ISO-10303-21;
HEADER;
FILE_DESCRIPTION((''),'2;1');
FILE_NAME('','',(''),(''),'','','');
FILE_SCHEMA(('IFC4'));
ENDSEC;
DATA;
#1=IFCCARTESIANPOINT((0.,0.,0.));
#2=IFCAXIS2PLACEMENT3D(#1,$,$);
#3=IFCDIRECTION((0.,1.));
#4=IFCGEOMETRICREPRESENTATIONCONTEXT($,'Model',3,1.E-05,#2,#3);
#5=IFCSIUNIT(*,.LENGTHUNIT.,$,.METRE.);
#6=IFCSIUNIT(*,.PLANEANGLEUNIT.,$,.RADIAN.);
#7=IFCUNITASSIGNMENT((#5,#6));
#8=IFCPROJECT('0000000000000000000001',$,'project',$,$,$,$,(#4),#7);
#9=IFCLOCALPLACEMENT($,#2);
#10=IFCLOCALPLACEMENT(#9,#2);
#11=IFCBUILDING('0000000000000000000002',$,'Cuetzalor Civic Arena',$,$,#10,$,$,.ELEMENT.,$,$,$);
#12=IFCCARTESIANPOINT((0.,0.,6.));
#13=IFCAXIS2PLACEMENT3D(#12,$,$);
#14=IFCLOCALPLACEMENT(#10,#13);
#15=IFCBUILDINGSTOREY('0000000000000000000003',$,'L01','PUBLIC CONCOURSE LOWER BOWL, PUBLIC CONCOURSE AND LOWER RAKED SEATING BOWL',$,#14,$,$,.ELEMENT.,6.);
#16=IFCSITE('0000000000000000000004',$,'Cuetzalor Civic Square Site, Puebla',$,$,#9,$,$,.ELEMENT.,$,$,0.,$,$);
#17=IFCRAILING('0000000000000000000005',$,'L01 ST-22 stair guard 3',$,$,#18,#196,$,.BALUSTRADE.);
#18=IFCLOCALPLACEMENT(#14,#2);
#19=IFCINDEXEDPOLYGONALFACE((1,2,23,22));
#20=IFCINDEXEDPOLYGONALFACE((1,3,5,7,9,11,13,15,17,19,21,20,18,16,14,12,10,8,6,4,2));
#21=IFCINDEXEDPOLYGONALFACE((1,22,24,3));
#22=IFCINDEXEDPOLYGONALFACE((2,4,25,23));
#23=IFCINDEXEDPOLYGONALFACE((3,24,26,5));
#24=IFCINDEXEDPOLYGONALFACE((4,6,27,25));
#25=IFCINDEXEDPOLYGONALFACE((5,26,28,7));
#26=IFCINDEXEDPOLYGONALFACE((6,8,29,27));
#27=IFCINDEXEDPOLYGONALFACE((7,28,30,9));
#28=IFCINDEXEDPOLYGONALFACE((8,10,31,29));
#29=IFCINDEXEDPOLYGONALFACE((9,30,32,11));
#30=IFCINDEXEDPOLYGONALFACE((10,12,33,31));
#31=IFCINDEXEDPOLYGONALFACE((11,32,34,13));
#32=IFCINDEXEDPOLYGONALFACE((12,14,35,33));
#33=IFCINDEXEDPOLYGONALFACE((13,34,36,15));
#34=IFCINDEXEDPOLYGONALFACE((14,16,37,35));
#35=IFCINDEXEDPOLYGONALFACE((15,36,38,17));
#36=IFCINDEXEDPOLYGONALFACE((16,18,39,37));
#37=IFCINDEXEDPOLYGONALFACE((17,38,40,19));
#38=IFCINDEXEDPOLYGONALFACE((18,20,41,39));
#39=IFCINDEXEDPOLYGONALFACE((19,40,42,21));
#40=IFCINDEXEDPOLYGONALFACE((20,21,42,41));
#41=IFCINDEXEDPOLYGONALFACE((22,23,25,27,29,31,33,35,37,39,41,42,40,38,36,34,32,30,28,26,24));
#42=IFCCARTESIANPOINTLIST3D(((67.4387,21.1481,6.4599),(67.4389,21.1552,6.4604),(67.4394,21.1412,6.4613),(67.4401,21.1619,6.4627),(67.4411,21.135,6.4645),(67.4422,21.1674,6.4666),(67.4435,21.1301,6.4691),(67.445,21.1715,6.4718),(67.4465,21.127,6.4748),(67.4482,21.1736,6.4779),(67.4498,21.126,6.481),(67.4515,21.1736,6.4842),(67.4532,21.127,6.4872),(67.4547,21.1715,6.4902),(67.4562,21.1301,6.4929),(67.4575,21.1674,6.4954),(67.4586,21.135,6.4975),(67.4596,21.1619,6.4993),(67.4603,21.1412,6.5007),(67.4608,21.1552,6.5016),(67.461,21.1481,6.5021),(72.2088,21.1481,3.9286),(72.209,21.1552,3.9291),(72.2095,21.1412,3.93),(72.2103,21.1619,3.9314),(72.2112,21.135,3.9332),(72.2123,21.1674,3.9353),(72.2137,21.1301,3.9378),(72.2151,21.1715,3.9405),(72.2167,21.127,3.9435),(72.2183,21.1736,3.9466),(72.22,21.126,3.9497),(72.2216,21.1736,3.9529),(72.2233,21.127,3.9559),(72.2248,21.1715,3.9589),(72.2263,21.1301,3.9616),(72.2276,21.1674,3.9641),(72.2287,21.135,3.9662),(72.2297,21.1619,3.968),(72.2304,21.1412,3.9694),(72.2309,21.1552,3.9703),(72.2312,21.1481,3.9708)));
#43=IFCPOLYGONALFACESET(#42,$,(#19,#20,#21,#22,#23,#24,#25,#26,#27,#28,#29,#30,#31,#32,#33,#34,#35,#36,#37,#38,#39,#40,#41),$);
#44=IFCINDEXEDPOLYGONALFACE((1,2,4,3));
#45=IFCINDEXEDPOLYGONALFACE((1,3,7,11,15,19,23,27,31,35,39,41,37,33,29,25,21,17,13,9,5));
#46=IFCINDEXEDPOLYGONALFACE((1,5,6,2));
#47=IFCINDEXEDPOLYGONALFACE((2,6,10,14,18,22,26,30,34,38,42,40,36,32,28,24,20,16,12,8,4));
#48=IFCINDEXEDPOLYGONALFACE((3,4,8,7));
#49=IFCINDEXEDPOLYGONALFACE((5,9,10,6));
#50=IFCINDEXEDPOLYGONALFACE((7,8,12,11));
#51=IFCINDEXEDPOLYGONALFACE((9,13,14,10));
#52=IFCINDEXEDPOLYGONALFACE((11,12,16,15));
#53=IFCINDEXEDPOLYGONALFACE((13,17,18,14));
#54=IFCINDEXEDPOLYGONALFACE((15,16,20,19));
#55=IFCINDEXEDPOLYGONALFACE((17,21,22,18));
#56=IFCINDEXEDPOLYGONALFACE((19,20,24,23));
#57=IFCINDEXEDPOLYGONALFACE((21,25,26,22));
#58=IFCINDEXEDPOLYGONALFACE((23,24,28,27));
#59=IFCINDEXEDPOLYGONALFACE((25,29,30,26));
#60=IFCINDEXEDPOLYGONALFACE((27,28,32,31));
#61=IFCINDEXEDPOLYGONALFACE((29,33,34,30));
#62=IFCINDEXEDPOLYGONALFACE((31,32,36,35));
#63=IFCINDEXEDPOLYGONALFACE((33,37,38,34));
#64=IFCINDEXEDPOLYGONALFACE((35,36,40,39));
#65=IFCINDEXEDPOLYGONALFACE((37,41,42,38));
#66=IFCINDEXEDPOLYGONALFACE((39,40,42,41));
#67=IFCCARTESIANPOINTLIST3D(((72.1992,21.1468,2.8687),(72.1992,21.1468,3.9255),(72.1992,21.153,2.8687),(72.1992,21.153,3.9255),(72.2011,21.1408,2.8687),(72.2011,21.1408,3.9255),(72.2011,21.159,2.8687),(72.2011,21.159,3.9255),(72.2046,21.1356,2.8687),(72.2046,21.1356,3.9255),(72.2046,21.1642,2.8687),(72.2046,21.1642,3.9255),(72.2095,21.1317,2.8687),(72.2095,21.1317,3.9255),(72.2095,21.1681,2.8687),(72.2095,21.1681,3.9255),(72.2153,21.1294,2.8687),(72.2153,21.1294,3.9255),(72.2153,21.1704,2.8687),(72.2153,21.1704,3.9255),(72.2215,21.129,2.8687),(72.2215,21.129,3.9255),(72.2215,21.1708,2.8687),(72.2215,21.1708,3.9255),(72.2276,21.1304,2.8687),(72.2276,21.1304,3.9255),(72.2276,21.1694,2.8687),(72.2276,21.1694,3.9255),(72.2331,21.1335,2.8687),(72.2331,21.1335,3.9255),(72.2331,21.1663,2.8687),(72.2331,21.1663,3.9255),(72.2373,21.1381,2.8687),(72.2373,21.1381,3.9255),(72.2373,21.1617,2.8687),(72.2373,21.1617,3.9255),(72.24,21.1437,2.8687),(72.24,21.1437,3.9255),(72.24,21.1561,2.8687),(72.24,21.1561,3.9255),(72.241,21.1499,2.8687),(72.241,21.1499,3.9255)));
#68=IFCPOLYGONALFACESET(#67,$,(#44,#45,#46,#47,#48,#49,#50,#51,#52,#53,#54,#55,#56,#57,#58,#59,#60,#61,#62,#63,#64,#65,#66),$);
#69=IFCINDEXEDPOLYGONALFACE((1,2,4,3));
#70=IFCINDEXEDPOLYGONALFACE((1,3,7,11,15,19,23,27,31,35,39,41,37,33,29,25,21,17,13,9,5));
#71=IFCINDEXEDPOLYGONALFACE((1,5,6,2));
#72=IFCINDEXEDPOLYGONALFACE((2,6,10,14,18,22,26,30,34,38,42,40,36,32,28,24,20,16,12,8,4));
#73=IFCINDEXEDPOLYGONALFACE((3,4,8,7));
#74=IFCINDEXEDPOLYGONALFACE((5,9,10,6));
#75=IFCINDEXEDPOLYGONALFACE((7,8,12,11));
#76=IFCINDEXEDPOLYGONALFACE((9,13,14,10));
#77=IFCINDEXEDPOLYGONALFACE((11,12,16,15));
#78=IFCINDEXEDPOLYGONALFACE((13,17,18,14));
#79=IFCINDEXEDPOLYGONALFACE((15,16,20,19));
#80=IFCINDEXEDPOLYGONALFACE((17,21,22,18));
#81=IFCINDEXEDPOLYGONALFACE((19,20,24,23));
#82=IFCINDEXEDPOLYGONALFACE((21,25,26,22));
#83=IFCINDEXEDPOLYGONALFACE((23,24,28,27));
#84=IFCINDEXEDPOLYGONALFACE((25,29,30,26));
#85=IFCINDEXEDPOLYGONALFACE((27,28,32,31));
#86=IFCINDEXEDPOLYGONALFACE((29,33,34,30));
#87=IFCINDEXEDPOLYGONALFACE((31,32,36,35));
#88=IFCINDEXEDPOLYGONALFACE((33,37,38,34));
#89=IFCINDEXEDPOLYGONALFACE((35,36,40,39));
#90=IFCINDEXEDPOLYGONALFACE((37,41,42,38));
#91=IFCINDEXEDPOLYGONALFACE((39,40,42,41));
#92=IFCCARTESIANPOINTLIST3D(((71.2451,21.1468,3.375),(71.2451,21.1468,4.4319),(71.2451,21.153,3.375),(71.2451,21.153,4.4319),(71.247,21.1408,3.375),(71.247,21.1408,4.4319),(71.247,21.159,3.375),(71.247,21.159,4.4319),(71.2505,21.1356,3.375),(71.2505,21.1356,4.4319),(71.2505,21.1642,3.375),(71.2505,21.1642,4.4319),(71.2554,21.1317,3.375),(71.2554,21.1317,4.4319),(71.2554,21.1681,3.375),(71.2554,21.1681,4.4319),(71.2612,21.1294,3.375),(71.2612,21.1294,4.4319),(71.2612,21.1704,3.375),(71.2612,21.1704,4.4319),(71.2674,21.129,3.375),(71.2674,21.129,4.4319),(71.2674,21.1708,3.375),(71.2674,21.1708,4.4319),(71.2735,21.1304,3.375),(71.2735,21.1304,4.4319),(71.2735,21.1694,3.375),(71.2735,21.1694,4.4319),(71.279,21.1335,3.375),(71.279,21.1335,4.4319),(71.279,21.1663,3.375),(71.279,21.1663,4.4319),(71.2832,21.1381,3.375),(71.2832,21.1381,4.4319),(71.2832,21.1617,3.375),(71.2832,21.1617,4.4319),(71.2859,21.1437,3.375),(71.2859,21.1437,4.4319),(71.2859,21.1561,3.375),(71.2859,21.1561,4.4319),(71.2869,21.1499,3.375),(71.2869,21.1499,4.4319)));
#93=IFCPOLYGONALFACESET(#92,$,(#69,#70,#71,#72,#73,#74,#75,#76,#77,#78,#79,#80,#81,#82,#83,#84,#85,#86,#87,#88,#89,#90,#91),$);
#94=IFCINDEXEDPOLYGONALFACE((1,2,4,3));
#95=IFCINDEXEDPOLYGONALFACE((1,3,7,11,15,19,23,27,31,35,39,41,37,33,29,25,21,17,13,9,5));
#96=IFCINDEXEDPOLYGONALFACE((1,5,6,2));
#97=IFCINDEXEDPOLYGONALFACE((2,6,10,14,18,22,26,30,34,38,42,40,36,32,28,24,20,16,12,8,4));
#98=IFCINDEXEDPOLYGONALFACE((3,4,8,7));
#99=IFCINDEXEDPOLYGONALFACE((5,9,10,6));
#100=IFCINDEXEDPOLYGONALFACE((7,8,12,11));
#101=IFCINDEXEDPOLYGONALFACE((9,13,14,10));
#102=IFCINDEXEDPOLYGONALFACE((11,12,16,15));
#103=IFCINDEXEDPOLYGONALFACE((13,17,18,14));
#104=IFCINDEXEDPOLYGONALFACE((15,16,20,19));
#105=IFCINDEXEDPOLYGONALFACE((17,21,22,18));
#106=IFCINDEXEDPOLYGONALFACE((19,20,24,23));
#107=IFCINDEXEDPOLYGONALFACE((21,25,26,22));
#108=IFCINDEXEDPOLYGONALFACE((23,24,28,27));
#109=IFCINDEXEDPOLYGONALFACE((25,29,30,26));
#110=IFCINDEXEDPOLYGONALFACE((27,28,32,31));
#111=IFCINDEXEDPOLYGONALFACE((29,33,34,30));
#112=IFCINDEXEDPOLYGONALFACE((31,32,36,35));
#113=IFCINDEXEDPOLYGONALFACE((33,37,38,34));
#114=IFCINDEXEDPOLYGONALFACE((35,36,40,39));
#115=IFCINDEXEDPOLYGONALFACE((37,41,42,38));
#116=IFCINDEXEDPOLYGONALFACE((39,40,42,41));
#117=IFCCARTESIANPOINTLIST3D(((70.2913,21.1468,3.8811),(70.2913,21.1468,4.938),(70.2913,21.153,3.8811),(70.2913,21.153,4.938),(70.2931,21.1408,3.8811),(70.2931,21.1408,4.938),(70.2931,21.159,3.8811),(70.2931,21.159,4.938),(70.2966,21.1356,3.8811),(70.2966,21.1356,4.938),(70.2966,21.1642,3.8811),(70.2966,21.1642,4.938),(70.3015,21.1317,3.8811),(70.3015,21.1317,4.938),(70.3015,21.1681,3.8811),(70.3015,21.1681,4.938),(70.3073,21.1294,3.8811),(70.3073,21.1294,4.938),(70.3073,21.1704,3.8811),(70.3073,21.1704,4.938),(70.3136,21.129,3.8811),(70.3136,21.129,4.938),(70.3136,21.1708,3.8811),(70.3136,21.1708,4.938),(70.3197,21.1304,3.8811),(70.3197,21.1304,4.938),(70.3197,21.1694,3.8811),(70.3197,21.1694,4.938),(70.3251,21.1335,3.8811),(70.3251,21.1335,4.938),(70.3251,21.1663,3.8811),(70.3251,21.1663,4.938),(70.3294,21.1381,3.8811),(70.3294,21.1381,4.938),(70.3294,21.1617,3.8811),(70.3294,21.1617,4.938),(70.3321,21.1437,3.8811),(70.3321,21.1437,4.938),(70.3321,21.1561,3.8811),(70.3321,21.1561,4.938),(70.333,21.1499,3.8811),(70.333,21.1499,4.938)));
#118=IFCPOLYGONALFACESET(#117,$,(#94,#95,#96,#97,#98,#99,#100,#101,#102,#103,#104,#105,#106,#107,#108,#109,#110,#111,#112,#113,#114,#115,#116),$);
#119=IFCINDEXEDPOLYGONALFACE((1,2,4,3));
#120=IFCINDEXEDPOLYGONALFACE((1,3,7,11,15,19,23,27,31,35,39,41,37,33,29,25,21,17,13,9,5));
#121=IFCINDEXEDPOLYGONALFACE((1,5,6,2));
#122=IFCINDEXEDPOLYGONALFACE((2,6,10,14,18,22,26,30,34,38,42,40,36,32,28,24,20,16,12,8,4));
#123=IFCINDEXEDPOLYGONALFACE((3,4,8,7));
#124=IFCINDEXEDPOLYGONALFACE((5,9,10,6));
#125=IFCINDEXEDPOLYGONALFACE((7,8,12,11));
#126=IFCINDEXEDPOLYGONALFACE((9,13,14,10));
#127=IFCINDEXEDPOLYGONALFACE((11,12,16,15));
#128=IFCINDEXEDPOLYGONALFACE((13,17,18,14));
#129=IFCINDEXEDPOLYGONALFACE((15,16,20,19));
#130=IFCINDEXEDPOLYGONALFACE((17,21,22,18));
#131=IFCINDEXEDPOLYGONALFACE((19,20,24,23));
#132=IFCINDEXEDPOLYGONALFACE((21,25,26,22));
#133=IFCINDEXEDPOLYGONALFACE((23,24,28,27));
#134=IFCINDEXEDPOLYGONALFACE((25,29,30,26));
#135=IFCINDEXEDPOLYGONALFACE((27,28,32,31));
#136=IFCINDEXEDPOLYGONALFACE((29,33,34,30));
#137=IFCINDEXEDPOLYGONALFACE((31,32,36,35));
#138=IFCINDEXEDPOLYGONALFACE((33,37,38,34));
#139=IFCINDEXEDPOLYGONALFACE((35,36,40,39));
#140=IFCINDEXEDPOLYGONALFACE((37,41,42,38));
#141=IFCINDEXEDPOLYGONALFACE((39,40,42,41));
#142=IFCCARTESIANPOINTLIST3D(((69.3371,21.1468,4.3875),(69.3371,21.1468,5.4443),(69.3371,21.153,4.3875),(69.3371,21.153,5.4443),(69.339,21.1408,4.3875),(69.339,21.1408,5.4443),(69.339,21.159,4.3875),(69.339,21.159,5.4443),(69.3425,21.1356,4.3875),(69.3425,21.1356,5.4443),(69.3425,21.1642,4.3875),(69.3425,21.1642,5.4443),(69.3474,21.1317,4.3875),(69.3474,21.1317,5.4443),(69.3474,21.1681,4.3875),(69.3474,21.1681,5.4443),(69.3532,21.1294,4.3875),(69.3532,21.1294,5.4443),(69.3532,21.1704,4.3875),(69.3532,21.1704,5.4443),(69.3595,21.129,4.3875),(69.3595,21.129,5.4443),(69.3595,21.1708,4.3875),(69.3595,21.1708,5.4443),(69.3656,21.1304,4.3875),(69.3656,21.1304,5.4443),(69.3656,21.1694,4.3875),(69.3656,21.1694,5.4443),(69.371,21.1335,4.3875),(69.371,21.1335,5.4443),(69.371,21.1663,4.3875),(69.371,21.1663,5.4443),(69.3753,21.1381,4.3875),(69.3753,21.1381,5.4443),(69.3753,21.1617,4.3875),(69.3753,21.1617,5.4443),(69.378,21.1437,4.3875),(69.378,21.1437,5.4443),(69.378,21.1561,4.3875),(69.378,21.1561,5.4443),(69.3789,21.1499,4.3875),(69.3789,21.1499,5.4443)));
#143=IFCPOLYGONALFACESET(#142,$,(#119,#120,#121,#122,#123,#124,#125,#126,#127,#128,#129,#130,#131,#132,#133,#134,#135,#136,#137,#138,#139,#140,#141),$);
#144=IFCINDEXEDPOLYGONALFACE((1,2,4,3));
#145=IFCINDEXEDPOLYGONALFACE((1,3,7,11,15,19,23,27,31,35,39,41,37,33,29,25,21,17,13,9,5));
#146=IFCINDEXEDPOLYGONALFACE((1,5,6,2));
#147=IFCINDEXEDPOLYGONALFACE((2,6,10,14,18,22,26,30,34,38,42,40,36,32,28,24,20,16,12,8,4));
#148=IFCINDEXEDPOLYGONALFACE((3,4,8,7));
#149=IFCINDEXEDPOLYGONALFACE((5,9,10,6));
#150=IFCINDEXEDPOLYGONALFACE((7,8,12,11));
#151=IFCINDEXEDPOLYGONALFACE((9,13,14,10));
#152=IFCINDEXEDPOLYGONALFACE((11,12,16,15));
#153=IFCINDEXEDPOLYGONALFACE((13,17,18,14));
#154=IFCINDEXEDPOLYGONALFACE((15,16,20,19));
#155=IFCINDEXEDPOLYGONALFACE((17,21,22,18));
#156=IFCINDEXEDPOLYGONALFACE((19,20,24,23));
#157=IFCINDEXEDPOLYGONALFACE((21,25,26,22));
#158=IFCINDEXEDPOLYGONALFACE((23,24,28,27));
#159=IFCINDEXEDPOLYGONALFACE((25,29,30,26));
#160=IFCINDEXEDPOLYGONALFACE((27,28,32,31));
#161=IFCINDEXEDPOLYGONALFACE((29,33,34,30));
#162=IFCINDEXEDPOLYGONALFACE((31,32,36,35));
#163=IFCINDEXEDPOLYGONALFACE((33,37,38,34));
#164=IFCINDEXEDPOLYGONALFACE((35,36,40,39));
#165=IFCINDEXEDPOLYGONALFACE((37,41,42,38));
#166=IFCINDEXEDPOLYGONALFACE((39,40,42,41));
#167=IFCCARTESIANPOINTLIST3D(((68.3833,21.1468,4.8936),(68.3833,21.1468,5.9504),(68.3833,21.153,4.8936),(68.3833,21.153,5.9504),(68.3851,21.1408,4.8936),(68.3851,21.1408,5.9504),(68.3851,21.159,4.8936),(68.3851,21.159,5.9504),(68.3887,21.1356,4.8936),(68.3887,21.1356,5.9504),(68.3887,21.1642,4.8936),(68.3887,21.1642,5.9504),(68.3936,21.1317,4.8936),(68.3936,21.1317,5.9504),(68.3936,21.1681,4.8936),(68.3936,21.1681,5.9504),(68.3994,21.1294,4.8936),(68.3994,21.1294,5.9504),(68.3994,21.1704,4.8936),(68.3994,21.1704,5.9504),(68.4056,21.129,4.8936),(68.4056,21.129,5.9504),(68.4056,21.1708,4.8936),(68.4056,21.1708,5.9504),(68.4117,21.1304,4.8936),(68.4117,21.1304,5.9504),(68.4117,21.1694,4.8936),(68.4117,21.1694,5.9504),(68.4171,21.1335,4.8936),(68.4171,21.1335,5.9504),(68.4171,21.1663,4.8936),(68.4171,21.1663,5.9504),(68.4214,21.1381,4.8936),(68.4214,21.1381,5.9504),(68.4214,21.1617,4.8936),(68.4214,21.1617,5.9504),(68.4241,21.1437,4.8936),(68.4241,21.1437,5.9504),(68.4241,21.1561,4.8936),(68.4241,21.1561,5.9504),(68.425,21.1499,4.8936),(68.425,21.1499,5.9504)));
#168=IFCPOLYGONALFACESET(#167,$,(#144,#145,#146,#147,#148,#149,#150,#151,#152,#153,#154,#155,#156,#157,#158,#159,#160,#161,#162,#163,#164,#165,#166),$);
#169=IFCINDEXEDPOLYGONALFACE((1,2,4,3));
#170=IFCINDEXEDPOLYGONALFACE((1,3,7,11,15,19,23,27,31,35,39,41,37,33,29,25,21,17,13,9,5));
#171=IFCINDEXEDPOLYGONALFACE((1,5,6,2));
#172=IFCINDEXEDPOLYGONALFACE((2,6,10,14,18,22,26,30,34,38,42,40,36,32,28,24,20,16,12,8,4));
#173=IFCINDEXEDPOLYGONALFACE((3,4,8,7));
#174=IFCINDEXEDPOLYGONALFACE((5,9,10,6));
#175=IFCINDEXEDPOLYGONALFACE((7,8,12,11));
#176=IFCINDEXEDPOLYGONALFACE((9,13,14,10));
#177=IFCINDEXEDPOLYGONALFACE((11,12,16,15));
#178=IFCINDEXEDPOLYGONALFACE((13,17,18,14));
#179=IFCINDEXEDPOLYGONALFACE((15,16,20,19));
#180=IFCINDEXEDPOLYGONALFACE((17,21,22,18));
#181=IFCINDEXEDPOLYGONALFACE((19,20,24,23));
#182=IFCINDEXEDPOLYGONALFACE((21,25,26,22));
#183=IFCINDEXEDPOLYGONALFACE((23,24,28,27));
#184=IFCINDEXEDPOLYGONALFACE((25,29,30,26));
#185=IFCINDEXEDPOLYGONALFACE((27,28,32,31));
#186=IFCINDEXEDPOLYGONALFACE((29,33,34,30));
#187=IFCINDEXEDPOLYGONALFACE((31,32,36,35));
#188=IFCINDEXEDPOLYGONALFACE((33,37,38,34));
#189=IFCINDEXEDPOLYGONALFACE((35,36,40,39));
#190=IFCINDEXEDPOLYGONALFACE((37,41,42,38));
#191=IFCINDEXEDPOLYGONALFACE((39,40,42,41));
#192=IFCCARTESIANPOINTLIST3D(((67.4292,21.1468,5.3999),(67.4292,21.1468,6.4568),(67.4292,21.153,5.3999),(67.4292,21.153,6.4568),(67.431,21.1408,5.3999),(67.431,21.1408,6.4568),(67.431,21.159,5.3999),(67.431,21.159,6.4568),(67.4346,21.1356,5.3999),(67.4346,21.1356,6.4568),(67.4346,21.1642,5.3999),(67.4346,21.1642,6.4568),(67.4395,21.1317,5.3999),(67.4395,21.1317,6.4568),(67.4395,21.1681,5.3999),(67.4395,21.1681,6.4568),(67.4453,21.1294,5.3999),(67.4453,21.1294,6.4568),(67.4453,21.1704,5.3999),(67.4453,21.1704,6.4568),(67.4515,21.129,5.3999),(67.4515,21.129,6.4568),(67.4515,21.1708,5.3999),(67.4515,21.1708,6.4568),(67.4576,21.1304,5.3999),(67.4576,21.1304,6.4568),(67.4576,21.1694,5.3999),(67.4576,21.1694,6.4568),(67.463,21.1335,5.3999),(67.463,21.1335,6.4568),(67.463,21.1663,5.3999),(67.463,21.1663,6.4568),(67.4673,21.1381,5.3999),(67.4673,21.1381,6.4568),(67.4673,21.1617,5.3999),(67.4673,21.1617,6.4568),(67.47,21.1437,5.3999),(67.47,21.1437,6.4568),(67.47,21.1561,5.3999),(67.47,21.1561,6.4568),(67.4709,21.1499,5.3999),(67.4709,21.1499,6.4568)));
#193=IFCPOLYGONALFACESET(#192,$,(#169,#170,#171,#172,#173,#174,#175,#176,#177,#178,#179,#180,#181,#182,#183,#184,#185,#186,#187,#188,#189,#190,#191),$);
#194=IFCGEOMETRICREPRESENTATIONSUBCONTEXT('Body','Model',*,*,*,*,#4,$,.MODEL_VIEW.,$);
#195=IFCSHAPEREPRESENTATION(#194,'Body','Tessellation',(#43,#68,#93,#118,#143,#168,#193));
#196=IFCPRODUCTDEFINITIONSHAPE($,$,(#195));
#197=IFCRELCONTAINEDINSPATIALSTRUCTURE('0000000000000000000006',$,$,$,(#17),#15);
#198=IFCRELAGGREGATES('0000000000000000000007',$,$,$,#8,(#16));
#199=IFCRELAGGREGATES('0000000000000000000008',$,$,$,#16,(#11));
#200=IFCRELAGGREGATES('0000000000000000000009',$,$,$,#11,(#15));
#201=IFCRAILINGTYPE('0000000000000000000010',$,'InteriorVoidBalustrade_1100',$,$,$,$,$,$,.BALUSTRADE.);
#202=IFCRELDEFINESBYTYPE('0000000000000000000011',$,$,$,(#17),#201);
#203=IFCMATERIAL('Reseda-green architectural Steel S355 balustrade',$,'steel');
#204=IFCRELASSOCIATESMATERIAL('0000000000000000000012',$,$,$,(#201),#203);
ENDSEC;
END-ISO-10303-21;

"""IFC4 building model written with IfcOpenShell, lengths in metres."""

from ifc_helpers import new_model, si_unit, direction, frame, origin, origin_2d, place, context, subcontext, project, spatial, circle, extrude, material, type_object, element, save


model = new_model("IFC4")

# Units and contexts
model_context = context("Model", 3, precision=1e-05, world=origin(), true_north=direction((0.0, 1.0)))
body_context = subcontext(model_context, "Body", "Model", "MODEL_VIEW")
ifc_project = project(units=[si_unit("LENGTHUNIT", "METRE"), si_unit("PLANEANGLEUNIT", "RADIAN")], contexts=[model_context])

# Site, building, storey
site_placement = place(None, origin())
site = spatial("IfcSite", under=ifc_project, at=site_placement, Name="Cuetzalor Civic Square Site, Puebla", CompositionType="ELEMENT", RefElevation=0.0)
building_placement = place(site_placement, origin())
building = spatial("IfcBuilding", under=site, at=building_placement, Name="Cuetzalor Civic Arena", CompositionType="ELEMENT")
storey_placement = place(building_placement, frame((0.0, 0.0, 6.0)))
storey = spatial("IfcBuildingStorey", under=building, at=storey_placement, Name="L01", Description="PUBLIC CONCOURSE LOWER BOWL, PUBLIC CONCOURSE AND LOWER RAKED SEATING BOWL", CompositionType="ELEMENT", Elevation=6.0)

# Railing
ifc_material_1 = material(Name="Reseda-green architectural Steel S355 balustrade", Category="steel")
railing_type = type_object("IfcRailingType", Name="InteriorVoidBalustrade_1100", PredefinedType="BALUSTRADE", material=ifc_material_1)
railing_1_placement = place(storey_placement, frame((72.22, 21.1499, 2.8687)))
element("IfcRailing", 1, at=railing_1_placement, inside=storey, type_object=railing_type, Name="L01 ST-22 stair guard 3", PredefinedType="BALUSTRADE", context=body_context, shape_type="SweptSolid", body=[
    extrude(circle(Radius=0.0239, at=origin_2d()), frame((0.0, 0.0, 1.0811), z_axis=(-0.883332, 0.0, 0.468747), x_axis=(0.0, -1.0, 0.0)), (0.0, 0.0, 1.0), 5.4001),
    extrude(circle(Radius=0.021, at=origin_2d()), origin(), (0.0, 0.0, 1.0), 1.0569),
    extrude(circle(Radius=0.021, at=origin_2d()), frame((-0.9541, 0.0, 0.5063)), (0.0, 0.0, 1.0), 1.0569),
    extrude(circle(Radius=0.021, at=origin_2d()), frame((-1.908, 0.0, 1.0125)), (0.0, 0.0, 1.0), 1.0569),
    extrude(circle(Radius=0.021, at=origin_2d()), frame((-2.8621, 0.0, 1.5188)), (0.0, 0.0, 1.0), 1.0569),
    extrude(circle(Radius=0.021, at=origin_2d()), frame((-3.8159, 0.0, 2.0249)), (0.0, 0.0, 1.0), 1.0569),
    extrude(circle(Radius=0.021, at=origin_2d()), frame((-4.77, 0.0, 2.5312)), (0.0, 0.0, 1.0), 1.0569),
])

save(model, "model.ifc")
